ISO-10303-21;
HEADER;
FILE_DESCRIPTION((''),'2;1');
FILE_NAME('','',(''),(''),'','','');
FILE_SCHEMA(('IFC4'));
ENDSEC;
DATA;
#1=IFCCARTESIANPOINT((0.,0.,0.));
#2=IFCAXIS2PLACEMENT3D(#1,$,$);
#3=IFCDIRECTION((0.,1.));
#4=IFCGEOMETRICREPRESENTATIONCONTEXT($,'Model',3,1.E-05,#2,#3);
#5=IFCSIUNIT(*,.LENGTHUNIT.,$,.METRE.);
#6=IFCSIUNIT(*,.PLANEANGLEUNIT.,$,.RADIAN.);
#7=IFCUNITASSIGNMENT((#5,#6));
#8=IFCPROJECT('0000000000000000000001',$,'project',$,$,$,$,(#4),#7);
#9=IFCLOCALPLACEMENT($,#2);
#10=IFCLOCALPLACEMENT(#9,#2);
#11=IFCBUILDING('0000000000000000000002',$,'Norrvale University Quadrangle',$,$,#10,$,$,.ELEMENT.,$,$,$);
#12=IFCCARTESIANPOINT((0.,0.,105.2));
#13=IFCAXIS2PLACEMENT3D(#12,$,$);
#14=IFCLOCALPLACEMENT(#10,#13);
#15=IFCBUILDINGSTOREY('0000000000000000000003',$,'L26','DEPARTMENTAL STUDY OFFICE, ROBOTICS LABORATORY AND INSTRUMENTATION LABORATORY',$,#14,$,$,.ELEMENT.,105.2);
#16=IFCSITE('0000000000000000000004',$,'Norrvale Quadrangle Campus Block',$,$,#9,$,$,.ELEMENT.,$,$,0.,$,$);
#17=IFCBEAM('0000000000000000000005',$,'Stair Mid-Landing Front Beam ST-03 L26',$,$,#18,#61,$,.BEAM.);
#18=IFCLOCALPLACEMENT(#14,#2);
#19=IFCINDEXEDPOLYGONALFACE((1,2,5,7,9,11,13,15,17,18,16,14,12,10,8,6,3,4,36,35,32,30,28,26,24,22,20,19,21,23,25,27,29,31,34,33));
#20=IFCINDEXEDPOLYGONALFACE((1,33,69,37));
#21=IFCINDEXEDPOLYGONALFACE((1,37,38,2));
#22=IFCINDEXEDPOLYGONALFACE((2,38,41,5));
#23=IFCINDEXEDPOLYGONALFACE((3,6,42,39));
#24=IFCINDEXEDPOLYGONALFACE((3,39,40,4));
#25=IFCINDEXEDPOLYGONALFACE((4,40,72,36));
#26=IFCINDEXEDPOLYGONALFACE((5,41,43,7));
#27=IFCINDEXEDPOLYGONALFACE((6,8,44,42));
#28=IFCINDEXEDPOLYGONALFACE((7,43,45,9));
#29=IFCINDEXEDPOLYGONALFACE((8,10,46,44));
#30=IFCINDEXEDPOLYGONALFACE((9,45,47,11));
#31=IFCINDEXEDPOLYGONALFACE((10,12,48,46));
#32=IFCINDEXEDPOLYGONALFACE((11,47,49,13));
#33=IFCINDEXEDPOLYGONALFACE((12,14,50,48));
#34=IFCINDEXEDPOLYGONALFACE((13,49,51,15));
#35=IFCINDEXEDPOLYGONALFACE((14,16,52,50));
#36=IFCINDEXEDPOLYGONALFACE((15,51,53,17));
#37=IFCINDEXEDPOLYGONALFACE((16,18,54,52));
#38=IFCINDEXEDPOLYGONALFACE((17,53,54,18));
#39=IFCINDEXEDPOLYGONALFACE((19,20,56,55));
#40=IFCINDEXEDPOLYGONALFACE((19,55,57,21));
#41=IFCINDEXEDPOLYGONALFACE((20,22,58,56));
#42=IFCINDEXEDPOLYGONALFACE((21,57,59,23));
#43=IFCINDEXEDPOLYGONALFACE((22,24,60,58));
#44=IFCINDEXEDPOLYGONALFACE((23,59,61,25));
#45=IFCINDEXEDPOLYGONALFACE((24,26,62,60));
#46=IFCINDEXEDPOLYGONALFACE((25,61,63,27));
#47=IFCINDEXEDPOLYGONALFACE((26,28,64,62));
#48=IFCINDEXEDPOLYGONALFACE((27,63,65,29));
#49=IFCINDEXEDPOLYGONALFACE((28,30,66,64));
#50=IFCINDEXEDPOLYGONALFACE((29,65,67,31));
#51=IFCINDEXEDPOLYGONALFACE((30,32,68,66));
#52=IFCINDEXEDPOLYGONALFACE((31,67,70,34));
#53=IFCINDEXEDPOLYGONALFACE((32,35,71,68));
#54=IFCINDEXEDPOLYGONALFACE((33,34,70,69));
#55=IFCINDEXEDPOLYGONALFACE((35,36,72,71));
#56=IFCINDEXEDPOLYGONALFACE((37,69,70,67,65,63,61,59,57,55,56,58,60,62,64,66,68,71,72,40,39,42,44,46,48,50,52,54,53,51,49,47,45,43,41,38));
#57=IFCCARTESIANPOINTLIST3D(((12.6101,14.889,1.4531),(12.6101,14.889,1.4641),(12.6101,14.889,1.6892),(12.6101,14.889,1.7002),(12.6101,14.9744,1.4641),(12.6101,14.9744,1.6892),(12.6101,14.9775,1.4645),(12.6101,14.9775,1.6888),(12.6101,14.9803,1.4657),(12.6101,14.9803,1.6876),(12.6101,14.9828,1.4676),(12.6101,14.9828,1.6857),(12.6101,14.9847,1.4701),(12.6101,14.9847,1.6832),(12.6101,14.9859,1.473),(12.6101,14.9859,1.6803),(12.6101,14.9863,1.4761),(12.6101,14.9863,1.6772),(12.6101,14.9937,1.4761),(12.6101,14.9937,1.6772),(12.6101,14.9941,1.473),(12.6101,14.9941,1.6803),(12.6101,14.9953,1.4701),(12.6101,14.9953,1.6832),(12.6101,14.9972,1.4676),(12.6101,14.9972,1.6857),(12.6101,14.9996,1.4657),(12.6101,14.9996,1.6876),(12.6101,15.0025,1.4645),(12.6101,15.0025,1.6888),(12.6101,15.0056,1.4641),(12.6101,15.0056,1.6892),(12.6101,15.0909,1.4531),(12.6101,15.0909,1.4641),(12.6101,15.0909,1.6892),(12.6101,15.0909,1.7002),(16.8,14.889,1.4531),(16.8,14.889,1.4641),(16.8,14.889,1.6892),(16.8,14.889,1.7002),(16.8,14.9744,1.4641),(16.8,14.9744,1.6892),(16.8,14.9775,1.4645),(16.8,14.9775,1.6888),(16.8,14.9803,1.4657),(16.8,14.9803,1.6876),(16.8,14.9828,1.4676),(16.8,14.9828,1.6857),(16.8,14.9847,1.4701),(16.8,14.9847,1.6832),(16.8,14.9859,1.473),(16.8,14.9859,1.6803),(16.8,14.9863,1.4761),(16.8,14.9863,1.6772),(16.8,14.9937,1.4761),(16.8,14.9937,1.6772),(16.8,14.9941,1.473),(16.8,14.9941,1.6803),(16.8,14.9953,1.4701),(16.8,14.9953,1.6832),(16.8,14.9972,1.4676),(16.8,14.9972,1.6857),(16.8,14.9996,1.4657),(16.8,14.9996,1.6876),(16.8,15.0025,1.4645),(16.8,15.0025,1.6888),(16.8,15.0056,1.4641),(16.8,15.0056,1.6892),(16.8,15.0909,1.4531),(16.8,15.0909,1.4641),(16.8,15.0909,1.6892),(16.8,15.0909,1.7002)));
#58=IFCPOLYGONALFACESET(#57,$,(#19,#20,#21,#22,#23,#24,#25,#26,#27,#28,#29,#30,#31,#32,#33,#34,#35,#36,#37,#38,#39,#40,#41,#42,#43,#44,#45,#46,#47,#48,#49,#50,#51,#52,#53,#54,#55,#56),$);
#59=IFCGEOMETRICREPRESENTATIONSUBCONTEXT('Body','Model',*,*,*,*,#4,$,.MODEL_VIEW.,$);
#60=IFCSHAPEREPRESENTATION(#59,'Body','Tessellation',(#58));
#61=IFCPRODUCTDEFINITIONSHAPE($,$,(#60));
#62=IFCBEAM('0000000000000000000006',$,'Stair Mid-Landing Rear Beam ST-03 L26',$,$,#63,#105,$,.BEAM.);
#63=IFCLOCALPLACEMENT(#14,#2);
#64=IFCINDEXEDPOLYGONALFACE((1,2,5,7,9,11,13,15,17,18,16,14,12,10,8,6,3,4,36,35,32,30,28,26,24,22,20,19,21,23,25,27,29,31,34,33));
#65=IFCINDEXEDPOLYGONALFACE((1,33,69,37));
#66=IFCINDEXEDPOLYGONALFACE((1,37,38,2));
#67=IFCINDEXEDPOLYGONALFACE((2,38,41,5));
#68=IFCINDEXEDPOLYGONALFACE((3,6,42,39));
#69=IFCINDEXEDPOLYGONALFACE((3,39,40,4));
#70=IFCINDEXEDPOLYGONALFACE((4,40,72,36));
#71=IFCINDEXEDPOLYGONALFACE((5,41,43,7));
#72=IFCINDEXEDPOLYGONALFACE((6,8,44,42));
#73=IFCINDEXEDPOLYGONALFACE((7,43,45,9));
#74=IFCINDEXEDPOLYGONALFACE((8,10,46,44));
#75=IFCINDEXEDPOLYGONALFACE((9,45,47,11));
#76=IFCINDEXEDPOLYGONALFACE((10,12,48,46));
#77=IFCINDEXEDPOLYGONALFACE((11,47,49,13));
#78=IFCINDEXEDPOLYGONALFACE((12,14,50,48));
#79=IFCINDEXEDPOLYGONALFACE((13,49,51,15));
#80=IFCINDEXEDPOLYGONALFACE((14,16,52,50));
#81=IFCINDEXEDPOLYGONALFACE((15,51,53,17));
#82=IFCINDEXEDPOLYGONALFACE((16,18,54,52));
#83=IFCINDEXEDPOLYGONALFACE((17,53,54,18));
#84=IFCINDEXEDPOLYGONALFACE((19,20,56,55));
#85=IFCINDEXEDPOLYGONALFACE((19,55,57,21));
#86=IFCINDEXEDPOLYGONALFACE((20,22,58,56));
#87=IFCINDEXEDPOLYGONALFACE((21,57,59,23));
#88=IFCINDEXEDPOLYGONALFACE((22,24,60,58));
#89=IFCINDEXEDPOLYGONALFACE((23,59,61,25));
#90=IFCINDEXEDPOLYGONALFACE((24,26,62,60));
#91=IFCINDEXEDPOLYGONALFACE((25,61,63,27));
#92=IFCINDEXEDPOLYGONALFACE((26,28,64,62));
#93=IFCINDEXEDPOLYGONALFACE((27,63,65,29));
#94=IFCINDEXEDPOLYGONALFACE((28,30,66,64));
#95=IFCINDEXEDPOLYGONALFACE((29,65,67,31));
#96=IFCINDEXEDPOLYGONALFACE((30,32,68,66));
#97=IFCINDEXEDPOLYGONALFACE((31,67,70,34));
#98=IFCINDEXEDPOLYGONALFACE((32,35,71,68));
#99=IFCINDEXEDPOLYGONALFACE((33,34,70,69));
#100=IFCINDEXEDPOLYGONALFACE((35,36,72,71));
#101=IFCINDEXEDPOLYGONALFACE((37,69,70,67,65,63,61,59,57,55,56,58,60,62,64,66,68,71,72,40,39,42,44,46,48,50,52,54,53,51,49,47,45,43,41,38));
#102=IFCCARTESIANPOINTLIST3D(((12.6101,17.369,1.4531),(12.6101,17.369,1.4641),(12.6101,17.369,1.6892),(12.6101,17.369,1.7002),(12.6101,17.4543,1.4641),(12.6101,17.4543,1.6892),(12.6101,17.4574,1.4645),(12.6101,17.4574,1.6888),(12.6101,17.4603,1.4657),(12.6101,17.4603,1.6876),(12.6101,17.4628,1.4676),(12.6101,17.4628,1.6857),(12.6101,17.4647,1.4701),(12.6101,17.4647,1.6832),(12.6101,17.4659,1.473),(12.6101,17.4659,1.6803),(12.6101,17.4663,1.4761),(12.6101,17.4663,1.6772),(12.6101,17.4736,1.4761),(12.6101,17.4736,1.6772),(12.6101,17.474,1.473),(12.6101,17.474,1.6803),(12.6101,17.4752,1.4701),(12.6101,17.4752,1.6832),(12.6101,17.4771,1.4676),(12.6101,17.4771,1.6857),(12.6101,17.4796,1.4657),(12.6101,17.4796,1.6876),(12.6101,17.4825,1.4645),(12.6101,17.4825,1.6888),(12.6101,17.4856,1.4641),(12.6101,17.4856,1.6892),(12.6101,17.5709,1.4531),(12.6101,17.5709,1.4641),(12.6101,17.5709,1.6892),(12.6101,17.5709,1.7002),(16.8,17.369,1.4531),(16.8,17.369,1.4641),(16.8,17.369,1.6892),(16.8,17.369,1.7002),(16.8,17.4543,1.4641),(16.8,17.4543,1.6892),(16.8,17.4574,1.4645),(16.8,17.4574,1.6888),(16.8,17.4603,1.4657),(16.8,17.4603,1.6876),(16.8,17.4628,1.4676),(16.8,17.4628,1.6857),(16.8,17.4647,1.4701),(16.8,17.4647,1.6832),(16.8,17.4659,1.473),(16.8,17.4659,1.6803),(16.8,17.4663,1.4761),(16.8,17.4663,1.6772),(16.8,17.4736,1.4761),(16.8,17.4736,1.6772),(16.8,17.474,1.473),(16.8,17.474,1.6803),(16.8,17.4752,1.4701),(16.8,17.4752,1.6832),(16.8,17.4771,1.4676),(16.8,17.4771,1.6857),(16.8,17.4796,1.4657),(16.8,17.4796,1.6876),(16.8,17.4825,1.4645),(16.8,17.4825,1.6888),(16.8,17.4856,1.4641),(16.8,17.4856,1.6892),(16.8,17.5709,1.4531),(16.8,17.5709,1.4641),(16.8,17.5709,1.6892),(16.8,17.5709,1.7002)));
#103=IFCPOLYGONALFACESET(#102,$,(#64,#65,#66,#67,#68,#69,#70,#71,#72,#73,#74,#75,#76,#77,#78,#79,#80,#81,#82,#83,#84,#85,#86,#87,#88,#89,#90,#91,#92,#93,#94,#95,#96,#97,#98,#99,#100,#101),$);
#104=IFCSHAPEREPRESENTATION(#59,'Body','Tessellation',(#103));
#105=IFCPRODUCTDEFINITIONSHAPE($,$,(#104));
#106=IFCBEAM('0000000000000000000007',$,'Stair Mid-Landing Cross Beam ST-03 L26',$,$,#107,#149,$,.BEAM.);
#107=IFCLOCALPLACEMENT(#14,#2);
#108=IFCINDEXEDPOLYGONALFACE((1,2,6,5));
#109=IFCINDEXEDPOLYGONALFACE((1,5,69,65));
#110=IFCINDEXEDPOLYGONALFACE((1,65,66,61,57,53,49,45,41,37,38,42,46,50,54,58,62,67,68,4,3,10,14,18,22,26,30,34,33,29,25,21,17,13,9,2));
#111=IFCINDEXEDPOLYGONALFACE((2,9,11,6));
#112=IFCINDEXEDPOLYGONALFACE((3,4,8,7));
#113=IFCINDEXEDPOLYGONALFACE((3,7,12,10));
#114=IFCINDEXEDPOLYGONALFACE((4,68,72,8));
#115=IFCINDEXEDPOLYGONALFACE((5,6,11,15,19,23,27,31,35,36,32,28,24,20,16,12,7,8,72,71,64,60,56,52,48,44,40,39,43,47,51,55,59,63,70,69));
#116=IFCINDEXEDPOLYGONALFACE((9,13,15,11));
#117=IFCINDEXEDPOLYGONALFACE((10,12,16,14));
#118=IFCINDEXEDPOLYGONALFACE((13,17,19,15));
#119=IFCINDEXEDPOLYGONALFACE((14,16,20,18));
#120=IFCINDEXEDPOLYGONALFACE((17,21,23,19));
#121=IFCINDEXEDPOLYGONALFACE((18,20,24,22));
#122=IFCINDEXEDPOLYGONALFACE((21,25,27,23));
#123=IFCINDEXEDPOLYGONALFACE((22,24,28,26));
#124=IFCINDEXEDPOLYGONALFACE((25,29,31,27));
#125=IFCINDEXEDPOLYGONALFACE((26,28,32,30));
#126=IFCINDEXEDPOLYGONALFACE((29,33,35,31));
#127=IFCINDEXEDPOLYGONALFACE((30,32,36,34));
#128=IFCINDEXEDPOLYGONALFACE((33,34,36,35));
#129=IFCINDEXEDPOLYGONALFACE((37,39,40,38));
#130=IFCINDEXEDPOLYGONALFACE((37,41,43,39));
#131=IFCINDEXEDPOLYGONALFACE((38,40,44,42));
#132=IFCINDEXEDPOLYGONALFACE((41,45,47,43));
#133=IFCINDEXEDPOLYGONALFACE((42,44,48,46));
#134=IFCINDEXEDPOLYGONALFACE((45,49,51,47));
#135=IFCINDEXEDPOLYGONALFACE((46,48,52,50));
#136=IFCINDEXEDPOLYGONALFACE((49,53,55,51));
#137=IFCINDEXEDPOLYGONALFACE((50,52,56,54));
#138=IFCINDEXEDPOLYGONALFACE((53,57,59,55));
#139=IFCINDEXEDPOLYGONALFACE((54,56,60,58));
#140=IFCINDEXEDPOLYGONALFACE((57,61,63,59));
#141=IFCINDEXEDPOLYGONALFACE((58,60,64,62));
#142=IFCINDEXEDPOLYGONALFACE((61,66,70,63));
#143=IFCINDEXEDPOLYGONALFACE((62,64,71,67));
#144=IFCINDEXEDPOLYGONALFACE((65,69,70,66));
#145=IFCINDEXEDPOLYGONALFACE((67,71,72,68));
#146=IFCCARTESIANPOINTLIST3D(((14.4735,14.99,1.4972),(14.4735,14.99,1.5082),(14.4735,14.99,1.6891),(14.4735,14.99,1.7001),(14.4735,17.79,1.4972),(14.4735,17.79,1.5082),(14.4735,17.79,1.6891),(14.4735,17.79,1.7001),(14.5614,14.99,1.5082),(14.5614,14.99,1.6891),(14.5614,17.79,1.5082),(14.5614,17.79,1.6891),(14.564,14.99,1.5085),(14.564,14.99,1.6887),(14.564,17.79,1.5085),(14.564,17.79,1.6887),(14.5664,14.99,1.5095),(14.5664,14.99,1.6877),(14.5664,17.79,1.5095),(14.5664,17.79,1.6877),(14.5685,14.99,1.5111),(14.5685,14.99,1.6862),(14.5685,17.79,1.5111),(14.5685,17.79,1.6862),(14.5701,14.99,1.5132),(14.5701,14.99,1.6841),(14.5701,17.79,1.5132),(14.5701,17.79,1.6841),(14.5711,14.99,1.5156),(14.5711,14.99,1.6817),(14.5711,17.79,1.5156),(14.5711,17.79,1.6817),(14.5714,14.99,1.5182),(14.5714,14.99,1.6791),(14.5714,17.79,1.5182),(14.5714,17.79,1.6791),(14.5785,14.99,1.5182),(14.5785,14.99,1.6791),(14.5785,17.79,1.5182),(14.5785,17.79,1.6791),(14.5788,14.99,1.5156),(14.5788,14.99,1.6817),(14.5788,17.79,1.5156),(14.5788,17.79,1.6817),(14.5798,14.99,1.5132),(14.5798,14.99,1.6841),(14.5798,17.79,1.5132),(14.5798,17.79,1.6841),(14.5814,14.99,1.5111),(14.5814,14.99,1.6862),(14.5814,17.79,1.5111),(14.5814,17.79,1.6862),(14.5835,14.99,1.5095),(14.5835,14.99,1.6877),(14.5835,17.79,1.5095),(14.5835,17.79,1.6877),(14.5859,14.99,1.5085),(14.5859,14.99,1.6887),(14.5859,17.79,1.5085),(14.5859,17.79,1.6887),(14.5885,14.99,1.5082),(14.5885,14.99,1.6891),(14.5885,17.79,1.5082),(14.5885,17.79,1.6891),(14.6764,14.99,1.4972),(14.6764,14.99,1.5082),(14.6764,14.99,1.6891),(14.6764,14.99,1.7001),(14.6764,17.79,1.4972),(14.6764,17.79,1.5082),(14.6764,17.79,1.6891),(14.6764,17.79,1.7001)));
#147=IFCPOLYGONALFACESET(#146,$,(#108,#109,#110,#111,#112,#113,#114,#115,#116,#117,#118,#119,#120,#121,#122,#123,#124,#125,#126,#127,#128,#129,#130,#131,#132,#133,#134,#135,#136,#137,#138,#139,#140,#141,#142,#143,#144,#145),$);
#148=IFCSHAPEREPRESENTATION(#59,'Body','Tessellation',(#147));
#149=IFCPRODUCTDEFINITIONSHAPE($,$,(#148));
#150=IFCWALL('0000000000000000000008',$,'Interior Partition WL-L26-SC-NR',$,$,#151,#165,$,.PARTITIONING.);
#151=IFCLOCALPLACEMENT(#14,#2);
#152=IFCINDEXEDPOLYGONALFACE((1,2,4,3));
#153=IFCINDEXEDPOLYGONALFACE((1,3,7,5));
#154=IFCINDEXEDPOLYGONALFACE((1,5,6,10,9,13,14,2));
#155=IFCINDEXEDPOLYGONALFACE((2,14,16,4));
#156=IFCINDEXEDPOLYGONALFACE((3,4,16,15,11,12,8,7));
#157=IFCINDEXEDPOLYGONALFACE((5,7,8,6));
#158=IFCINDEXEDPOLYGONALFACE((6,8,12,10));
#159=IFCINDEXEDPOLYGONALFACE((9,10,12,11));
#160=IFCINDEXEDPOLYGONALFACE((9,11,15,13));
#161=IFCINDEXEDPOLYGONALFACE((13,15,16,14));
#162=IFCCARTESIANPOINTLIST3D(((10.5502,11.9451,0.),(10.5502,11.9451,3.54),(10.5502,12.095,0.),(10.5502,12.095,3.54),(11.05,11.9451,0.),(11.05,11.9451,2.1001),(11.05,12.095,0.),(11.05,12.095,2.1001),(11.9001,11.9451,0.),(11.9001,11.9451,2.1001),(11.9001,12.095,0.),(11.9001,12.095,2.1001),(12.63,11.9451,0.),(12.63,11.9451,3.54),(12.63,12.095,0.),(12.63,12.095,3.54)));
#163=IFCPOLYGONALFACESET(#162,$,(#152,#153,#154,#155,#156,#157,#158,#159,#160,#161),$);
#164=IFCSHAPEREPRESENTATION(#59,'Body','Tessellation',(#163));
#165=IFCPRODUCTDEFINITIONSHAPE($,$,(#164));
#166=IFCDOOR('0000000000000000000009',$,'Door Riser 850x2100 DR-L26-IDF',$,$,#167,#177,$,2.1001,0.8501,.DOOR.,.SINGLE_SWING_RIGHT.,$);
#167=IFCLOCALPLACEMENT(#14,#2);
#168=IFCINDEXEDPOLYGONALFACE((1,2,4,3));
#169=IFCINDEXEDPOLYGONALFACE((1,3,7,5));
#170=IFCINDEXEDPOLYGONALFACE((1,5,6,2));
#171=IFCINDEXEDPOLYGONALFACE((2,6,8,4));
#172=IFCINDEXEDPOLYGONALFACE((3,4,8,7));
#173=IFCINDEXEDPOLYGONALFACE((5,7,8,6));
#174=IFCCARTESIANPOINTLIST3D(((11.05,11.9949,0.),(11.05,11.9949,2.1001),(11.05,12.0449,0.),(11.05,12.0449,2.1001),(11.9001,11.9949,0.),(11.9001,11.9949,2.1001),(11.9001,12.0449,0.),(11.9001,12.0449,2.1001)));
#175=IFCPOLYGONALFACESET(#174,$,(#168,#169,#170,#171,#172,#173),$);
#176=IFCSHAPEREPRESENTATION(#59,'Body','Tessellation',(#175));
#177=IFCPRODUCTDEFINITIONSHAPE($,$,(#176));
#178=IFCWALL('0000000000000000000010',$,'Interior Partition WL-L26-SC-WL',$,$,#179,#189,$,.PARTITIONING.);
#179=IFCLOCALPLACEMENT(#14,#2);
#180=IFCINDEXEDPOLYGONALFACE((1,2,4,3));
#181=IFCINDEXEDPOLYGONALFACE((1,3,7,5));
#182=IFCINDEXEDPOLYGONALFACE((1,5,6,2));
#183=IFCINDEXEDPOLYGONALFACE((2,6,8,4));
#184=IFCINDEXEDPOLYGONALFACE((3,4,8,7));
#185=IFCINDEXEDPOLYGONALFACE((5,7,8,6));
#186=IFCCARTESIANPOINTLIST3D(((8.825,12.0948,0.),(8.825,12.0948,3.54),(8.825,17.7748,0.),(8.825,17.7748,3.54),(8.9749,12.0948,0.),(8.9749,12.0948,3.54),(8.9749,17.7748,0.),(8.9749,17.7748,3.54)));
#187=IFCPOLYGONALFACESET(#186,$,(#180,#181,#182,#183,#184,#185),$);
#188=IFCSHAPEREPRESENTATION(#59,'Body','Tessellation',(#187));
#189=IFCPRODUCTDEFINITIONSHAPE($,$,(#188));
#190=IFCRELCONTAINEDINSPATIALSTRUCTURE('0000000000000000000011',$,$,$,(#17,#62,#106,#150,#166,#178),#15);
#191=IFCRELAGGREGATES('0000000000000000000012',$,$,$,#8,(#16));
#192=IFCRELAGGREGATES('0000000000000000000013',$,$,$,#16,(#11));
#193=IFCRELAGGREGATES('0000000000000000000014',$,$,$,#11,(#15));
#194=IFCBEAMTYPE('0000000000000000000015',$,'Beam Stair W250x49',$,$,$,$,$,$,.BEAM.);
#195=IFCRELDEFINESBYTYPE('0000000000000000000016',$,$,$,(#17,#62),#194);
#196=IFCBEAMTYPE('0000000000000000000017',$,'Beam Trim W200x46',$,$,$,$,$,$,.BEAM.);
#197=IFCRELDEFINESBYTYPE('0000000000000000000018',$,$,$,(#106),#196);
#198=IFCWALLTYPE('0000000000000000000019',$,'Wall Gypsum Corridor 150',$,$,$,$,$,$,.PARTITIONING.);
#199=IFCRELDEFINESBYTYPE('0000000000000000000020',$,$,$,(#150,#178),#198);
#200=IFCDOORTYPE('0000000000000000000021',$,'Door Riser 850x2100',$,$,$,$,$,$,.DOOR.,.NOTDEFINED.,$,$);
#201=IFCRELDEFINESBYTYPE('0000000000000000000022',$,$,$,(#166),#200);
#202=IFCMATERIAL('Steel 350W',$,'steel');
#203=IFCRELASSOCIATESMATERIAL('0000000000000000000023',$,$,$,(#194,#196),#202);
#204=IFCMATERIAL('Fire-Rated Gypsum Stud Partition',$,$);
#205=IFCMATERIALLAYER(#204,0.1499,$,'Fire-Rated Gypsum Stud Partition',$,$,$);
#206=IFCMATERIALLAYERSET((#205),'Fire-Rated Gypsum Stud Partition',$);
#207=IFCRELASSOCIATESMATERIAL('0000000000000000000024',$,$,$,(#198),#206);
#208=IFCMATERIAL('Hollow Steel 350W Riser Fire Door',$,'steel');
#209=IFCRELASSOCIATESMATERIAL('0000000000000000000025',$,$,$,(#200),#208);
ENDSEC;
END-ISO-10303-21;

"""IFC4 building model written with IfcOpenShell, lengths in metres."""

from ifc_helpers import new_model, si_unit, direction, frame, frame_2d, origin, origin_2d, place, context, subcontext, project, spatial, rectangle, i_section, extrude, material, layer, layer_set, material_profile, profile_set, type_object, element, fill, save


model = new_model("IFC4")

# Units and contexts
model_context = context("Model", 3, precision=1e-05, world=origin(), true_north=direction((0.0, 1.0)))
body_context = subcontext(model_context, "Body", "Model", "MODEL_VIEW")
ifc_project = project(units=[si_unit("LENGTHUNIT", "METRE"), si_unit("PLANEANGLEUNIT", "RADIAN")], contexts=[model_context])

# Site, building, storey
site_placement = place(None, origin())
site = spatial("IfcSite", under=ifc_project, at=site_placement, Name="Norrvale Quadrangle Campus Block", CompositionType="ELEMENT", RefElevation=0.0)
building_placement = place(site_placement, origin())
building = spatial("IfcBuilding", under=site, at=building_placement, Name="Norrvale University Quadrangle", CompositionType="ELEMENT")
storey_placement = place(building_placement, frame((0.0, 0.0, 105.2)))
storey = spatial("IfcBuildingStorey", under=building, at=storey_placement, Name="L26", Description="DEPARTMENTAL STUDY OFFICE, ROBOTICS LABORATORY AND INSTRUMENTATION LABORATORY", CompositionType="ELEMENT", Elevation=105.2)

# Beams
ifc_material_1 = material(Name="Steel 350W", Category="steel")
ifc_material_profile_1 = material_profile(ifc_material_1, i_section(OverallWidth=0.2019, OverallDepth=0.2471, WebThickness=0.0073, FlangeThickness=0.011, FilletRadius=0.012, at=origin_2d()), Name="Steel 350W")
ifc_profile_set_1 = profile_set([ifc_material_profile_1], Name="Steel 350W")
beam_type_1 = type_object("IfcBeamType", Name="Beam Stair W250x49", PredefinedType="BEAM", material=ifc_profile_set_1)
for number, where, z_axis, x_axis, name in (
    (1, (12.6101, 14.99, 1.5767), (1.0, 0.0, 0.0), (0.0, 1.0, 0.0), "Stair Mid-Landing Front Beam ST-03 L26"),
    (2, (12.6101, 17.47, 1.5767), (1.0, 0.0, 0.0), (0.0, 1.0, 0.0), "Stair Mid-Landing Rear Beam ST-03 L26"),
):
    element("IfcBeam", number, at=place(storey_placement, frame(where, z_axis=z_axis, x_axis=x_axis)), inside=storey, type_object=beam_type_1, Name=name, PredefinedType="BEAM", context=body_context, shape_type="SweptSolid", body=[
        extrude(i_section(OverallWidth=0.2019, OverallDepth=0.2471, WebThickness=0.0073, FlangeThickness=0.011, FilletRadius=0.012, at=origin_2d()), origin(), (0.0, 0.0, 1.0), 4.1899),
    ])
ifc_material_profile_2 = material_profile(ifc_material_1, i_section(OverallWidth=0.2029, OverallDepth=0.2029, WebThickness=0.0071, FlangeThickness=0.011, FilletRadius=0.01, at=origin_2d()), Name="Steel 350W")
ifc_profile_set_2 = profile_set([ifc_material_profile_2], Name="Steel 350W")
beam_type_2 = type_object("IfcBeamType", Name="Beam Trim W200x46", PredefinedType="BEAM", material=ifc_profile_set_2)
beam_placement = place(storey_placement, frame((14.575, 14.99, 1.5986), z_axis=(0.0, 1.0, 0.0), x_axis=(-1.0, 0.0, 0.0)))
element("IfcBeam", 3, at=beam_placement, inside=storey, type_object=beam_type_2, Name="Stair Mid-Landing Cross Beam ST-03 L26", PredefinedType="BEAM", context=body_context, shape_type="SweptSolid", body=[
    extrude(i_section(OverallWidth=0.2029, OverallDepth=0.2029, WebThickness=0.0071, FlangeThickness=0.011, FilletRadius=0.01, at=origin_2d()), origin(), (0.0, 0.0, 1.0), 2.8),
])

# Wall, opening, door
ifc_material_2 = material(Name="Fire-Rated Gypsum Stud Partition")
ifc_layer_1 = layer(ifc_material_2, 0.1499, Name="Fire-Rated Gypsum Stud Partition")
ifc_layer_set_1 = layer_set([ifc_layer_1], Name="Fire-Rated Gypsum Stud Partition")
wall_type_1 = type_object("IfcWallType", Name="Wall Gypsum Corridor 150", PredefinedType="PARTITIONING", material=ifc_layer_set_1)
wall_1_placement = place(storey_placement, frame((10.55, 12.02, 0.0), z_axis=(0.0, 0.0, 1.0), x_axis=(1.0, 0.0, 0.0)))
wall_1 = element("IfcWall", 4, at=wall_1_placement, inside=storey, type_object=wall_type_1, Name="Interior Partition WL-L26-SC-NR", PredefinedType="PARTITIONING", context=body_context, shape_type="SweptSolid", body=[
    extrude(rectangle(XDim=2.0798, YDim=0.1499, at=frame_2d((1.04, 0.0))), origin(), (0.0, 0.0, 1.0), 3.54),
])
opening_1_placement = place(wall_1_placement, frame((0.5, 0.0, 0.0)))
opening_1 = element("IfcOpeningElement", 5, at=opening_1_placement, cuts=wall_1, PredefinedType="OPENING", context=body_context, shape_type="SweptSolid", body=[
    extrude(rectangle(XDim=0.8501, YDim=2.1001, at=frame_2d((0.425, 1.05))), frame((0.0, 0.0869, 0.0), z_axis=(0.0, -1.0, 0.0), x_axis=(1.0, 0.0, 0.0)), (0.0, 0.0, 1.0), 0.1738),
])
ifc_material_3 = material(Name="Hollow Steel 350W Riser Fire Door", Category="steel")
door_type_1 = type_object("IfcDoorType", Name="Door Riser 850x2100", OperationType="NOTDEFINED", PredefinedType="DOOR", material=ifc_material_3)
door_1_placement = place(opening_1_placement, origin())
door_1 = element("IfcDoor", 6, at=door_1_placement, inside=storey, type_object=door_type_1, Name="Door Riser 850x2100 DR-L26-IDF", OperationType="SINGLE_SWING_RIGHT", OverallHeight=2.1001, OverallWidth=0.8501, PredefinedType="DOOR", context=body_context, shape_type="SweptSolid", body=[
    extrude(rectangle(XDim=0.8501, YDim=2.1001, at=frame_2d((0.425, 1.05))), frame((0.0, 0.0249, 0.0), z_axis=(0.0, -1.0, 0.0), x_axis=(1.0, 0.0, 0.0)), (0.0, 0.0, 1.0), 0.05),
])
fill(opening_1, door_1)

# Wall
for number, where, z_axis, x_axis, name in (
    (7, (8.8999, 12.095, 0.0), (0.0, 0.0, 1.0), (0.0, 1.0, 0.0), "Interior Partition WL-L26-SC-WL"),
):
    element("IfcWall", number, at=place(storey_placement, frame(where, z_axis=z_axis, x_axis=x_axis)), inside=storey, type_object=wall_type_1, Name=name, PredefinedType="PARTITIONING", context=body_context, shape_type="SweptSolid", body=[
        extrude(rectangle(XDim=5.6799, YDim=0.1499, at=frame_2d((2.8398, 0.0))), origin(), (0.0, 0.0, 1.0), 3.54),
    ])

save(model, "model.ifc")
